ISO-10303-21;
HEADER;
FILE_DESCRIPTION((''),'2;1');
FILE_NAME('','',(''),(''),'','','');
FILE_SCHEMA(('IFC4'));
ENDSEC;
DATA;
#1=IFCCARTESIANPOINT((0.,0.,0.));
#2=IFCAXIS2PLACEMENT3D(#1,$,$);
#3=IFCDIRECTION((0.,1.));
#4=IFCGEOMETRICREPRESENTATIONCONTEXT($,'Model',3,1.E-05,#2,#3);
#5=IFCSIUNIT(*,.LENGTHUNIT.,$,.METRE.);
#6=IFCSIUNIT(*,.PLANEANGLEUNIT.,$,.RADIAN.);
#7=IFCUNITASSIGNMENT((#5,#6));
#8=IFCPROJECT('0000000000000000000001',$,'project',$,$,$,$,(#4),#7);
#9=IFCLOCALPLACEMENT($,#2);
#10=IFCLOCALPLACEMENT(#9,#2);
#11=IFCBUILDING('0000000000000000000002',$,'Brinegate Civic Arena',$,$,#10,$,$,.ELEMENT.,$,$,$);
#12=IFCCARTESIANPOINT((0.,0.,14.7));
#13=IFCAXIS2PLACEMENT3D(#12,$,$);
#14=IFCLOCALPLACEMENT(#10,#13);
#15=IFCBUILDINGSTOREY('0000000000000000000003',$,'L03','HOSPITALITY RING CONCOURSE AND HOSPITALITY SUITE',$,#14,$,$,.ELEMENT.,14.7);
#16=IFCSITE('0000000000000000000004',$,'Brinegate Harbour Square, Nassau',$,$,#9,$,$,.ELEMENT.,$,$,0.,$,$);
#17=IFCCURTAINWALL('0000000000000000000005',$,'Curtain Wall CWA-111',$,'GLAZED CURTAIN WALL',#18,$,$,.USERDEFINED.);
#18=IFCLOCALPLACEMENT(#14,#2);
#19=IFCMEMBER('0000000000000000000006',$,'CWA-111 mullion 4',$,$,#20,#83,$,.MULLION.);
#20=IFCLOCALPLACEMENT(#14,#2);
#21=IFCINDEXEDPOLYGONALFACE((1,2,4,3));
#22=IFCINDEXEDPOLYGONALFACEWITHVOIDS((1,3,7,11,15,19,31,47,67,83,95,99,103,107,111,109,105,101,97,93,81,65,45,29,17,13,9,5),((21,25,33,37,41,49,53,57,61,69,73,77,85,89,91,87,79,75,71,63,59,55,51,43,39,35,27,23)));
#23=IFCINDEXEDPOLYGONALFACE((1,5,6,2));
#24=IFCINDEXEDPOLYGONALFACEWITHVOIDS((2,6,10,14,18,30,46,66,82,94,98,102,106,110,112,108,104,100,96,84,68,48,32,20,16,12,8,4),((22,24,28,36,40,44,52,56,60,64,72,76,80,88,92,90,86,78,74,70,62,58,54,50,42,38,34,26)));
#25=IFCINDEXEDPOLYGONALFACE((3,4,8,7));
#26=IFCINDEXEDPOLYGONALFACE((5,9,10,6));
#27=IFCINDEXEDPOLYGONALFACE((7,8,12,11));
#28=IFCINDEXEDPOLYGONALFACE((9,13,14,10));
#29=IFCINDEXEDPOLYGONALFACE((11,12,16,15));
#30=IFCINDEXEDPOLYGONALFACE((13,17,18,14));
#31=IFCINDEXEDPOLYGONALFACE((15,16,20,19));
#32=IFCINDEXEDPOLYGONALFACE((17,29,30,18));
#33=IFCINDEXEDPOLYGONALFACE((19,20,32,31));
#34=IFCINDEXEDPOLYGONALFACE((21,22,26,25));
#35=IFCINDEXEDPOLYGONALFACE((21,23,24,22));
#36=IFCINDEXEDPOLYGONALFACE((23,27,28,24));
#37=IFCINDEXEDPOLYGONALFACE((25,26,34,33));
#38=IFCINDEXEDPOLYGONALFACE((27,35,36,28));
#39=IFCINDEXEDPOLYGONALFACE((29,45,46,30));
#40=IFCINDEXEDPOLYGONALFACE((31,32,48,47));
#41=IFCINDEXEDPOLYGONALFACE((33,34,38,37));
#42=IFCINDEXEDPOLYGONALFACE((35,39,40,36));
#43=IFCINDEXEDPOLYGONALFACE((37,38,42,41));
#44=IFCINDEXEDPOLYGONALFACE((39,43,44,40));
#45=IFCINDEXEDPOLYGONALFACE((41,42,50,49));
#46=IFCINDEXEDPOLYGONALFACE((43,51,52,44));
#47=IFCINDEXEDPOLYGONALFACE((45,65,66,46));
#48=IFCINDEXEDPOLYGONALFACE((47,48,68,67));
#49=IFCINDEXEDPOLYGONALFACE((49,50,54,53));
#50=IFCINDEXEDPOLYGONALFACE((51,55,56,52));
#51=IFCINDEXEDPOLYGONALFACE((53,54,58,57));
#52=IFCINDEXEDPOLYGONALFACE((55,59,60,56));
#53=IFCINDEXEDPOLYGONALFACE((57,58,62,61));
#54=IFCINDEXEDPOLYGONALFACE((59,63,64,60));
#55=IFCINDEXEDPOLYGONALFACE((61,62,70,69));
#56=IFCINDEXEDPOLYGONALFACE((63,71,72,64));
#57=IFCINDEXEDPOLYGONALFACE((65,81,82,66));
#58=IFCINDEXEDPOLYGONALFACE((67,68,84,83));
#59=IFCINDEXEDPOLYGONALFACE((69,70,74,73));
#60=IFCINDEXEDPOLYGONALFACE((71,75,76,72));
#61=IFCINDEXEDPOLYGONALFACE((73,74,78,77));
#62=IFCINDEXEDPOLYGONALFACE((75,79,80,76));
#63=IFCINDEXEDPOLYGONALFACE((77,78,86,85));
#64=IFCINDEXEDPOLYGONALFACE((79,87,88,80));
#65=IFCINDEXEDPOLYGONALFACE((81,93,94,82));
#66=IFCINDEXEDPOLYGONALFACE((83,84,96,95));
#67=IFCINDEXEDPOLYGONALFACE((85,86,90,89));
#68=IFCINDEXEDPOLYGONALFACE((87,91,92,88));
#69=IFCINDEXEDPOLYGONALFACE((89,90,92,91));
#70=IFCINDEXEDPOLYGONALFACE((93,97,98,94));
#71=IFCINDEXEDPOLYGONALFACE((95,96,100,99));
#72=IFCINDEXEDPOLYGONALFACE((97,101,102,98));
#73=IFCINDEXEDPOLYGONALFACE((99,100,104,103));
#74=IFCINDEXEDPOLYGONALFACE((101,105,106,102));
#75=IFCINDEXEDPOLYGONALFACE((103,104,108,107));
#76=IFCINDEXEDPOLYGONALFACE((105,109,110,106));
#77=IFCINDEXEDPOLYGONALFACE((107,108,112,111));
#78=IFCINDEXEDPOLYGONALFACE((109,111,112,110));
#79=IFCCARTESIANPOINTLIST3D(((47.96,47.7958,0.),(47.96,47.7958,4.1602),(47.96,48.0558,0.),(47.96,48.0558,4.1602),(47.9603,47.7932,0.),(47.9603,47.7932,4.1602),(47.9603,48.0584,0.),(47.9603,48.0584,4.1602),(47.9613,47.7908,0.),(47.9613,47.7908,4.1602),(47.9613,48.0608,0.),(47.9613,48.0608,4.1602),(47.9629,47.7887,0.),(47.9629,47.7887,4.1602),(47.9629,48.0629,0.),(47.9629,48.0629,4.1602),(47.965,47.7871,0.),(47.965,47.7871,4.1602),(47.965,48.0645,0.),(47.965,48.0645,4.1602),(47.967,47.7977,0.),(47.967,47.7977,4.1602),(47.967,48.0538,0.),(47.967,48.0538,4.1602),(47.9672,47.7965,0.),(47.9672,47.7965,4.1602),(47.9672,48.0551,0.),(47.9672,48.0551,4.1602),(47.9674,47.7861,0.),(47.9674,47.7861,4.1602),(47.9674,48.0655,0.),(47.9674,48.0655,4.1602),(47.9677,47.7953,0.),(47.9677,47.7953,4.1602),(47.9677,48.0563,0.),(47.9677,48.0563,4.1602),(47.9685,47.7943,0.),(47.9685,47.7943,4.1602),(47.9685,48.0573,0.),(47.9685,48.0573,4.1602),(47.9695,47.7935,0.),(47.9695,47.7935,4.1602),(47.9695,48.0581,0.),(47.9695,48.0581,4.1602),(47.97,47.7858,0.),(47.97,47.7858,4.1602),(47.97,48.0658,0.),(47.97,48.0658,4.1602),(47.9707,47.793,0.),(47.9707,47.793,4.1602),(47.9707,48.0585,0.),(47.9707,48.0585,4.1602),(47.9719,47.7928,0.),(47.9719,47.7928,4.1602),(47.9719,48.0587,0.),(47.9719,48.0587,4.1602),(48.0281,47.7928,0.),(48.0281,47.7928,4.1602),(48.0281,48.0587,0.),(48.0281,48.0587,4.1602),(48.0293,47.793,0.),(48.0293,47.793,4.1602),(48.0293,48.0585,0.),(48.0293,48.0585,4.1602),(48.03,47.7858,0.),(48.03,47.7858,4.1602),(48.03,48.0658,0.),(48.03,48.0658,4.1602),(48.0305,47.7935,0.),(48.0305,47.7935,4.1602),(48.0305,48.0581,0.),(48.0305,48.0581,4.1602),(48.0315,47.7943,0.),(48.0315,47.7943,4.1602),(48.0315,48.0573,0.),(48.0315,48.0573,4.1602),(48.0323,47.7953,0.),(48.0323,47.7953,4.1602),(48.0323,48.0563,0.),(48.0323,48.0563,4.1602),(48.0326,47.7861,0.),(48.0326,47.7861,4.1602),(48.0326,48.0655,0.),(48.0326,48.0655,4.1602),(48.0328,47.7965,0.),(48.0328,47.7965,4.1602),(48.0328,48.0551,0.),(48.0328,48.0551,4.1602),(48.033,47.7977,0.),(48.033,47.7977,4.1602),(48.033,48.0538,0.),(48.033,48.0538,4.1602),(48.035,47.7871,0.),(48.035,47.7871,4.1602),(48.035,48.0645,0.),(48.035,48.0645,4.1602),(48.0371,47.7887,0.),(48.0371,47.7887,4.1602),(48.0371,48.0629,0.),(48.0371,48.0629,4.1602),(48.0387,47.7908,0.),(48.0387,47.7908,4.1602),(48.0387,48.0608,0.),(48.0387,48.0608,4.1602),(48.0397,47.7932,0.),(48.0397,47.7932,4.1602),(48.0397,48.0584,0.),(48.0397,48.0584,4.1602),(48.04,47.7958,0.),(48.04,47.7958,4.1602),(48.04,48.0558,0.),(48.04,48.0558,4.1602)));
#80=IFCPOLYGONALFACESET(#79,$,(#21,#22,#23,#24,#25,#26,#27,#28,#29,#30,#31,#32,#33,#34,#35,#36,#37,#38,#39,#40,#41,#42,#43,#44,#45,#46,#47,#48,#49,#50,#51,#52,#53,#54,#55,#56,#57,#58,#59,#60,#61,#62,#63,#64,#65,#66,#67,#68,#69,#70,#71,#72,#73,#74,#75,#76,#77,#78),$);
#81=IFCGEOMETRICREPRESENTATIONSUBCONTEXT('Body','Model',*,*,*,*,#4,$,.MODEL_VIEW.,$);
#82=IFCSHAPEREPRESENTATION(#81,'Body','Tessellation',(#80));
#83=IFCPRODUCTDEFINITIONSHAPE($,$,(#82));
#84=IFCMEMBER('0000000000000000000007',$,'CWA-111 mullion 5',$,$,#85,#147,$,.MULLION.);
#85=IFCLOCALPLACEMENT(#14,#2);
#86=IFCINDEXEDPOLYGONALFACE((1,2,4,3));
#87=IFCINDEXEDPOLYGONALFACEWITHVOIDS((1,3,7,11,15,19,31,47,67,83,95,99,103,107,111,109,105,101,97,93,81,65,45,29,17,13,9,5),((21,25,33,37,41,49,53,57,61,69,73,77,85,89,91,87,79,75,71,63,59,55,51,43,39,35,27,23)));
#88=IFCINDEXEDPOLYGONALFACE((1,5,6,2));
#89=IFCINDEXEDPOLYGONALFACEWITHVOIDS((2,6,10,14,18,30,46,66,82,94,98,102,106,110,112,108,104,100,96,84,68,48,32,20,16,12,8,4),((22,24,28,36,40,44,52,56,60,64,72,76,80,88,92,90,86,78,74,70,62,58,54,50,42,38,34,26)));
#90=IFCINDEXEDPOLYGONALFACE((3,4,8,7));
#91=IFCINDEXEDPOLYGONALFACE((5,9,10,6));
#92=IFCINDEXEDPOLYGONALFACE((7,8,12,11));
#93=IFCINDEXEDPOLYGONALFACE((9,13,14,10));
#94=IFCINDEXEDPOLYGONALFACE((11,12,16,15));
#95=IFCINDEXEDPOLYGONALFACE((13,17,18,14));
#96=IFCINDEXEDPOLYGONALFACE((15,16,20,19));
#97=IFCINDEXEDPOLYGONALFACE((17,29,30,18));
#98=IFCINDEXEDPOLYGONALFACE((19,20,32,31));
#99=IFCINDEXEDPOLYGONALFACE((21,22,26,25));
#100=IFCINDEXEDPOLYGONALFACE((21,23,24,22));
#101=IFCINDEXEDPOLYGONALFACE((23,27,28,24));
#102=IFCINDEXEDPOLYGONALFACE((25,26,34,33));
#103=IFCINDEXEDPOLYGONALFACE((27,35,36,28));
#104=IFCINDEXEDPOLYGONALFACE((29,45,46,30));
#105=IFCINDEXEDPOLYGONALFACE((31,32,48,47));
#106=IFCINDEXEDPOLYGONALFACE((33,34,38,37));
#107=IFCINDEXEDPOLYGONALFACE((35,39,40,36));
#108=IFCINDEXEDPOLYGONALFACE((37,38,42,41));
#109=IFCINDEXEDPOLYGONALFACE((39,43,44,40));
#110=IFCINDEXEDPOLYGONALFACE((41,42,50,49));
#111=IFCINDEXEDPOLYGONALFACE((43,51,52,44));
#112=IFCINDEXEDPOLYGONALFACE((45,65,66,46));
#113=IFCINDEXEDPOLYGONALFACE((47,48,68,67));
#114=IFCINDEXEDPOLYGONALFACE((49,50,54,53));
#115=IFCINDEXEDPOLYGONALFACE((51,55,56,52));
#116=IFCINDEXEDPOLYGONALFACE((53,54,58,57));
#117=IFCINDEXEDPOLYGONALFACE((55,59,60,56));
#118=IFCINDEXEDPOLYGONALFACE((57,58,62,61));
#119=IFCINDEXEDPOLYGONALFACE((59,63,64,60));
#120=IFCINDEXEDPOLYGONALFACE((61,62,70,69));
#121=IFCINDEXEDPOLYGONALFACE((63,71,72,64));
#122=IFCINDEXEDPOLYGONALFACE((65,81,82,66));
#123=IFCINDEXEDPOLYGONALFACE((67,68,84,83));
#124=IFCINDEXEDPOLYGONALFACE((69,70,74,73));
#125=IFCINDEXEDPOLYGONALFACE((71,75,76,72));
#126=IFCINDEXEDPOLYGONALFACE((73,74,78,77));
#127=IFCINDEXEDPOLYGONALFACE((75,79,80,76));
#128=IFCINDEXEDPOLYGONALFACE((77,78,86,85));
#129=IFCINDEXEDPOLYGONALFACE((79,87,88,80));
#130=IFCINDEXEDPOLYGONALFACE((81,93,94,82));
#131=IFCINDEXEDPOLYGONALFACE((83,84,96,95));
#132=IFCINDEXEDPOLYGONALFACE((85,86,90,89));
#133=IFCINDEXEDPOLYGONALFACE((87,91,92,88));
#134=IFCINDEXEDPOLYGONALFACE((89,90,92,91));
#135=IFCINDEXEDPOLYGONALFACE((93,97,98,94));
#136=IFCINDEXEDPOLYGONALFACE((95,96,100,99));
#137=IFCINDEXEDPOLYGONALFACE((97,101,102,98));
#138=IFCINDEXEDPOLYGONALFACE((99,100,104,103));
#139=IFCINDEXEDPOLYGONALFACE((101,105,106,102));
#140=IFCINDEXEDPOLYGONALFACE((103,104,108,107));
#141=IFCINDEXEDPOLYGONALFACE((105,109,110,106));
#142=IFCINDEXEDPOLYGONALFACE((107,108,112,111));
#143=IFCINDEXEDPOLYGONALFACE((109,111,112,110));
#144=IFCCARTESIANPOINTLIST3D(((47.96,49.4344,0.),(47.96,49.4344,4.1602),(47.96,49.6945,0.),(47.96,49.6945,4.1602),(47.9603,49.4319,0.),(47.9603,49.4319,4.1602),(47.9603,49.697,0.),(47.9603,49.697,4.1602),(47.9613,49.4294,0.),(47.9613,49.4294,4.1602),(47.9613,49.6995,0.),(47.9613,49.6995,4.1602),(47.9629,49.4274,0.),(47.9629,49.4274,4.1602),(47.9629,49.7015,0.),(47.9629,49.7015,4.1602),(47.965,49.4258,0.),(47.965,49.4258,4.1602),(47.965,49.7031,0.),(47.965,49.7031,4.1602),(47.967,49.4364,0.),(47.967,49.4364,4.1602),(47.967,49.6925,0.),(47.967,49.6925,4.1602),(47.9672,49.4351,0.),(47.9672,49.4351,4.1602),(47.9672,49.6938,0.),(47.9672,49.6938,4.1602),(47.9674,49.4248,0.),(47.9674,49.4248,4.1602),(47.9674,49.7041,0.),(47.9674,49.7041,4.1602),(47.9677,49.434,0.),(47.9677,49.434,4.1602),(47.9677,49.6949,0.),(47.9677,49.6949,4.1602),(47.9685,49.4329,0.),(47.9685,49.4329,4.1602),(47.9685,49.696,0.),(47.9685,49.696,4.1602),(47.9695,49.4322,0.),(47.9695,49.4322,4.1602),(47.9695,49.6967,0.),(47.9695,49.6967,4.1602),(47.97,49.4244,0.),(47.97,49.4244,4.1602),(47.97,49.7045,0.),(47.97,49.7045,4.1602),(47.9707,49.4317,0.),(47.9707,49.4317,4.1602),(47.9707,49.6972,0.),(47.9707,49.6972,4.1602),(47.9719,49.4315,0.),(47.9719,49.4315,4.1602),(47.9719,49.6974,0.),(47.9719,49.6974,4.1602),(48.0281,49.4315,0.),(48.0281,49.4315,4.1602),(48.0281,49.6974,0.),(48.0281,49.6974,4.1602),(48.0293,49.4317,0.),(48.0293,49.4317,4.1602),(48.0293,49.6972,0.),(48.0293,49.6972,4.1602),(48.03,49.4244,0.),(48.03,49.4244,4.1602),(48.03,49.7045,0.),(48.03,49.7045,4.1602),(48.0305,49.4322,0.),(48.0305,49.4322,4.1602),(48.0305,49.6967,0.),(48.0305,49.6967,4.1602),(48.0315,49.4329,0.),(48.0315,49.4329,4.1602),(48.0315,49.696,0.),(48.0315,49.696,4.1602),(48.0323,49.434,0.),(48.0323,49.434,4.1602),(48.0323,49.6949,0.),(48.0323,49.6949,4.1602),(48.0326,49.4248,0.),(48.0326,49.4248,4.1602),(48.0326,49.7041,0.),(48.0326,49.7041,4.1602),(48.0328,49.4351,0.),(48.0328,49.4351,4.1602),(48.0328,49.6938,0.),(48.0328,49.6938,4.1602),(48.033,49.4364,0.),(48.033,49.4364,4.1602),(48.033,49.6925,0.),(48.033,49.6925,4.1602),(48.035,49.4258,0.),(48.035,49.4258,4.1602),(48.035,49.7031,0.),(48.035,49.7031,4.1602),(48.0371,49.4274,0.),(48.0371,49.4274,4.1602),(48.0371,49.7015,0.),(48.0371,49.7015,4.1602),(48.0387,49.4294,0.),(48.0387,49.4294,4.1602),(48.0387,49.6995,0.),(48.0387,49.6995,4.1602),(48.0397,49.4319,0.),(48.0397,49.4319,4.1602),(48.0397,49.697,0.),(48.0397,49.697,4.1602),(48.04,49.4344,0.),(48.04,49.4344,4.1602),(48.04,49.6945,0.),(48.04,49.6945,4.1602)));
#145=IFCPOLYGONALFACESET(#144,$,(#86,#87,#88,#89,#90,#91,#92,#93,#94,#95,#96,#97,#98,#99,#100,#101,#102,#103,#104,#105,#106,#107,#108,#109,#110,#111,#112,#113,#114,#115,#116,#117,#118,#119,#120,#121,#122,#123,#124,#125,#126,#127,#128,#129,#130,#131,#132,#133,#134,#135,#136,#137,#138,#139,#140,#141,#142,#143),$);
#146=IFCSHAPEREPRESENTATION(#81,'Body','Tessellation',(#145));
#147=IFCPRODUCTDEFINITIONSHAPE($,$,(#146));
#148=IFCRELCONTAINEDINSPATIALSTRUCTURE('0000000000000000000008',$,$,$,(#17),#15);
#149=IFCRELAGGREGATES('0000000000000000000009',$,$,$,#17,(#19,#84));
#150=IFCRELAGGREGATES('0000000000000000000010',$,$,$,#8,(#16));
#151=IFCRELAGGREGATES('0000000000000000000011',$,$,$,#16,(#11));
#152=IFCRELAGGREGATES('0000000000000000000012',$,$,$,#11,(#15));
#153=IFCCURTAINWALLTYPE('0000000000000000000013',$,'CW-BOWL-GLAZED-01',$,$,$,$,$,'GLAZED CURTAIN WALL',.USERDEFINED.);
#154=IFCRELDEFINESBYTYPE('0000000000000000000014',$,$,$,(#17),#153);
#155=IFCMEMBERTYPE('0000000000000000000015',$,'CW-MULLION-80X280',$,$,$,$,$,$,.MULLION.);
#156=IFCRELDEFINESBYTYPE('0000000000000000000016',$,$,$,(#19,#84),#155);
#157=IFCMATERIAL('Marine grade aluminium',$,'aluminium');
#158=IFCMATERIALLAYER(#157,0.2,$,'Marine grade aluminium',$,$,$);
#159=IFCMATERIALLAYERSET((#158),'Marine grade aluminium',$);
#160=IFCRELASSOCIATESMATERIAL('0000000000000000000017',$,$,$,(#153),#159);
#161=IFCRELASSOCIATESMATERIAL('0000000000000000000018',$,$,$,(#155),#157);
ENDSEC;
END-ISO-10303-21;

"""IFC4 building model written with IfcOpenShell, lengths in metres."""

from ifc_helpers import new_model, si_unit, direction, frame, origin, origin_2d, place, context, subcontext, project, spatial, hollow_rectangle, extrude, material, layer, layer_set, material_profile, profile_set, type_object, element, aggregate, save


model = new_model("IFC4")

# Units and contexts
model_context = context("Model", 3, precision=1e-05, world=origin(), true_north=direction((0.0, 1.0)))
body_context = subcontext(model_context, "Body", "Model", "MODEL_VIEW")
ifc_project = project(units=[si_unit("LENGTHUNIT", "METRE"), si_unit("PLANEANGLEUNIT", "RADIAN")], contexts=[model_context])

# Site, building, storey
site_placement = place(None, origin())
site = spatial("IfcSite", under=ifc_project, at=site_placement, Name="Brinegate Harbour Square, Nassau", CompositionType="ELEMENT", RefElevation=0.0)
building_placement = place(site_placement, origin())
building = spatial("IfcBuilding", under=site, at=building_placement, Name="Brinegate Civic Arena", CompositionType="ELEMENT")
storey_placement = place(building_placement, frame((0.0, 0.0, 14.7)))
storey = spatial("IfcBuildingStorey", under=building, at=storey_placement, Name="L03", Description="HOSPITALITY RING CONCOURSE AND HOSPITALITY SUITE", CompositionType="ELEMENT", Elevation=14.7)

# Shared definitions
ifc_material_1 = material(Name="Marine grade aluminium", Category="aluminium")
ifc_layer_1 = layer(ifc_material_1, 0.2, Name="Marine grade aluminium")
ifc_layer_set_1 = layer_set([ifc_layer_1], Name="Marine grade aluminium")
curtain_wall_type_1 = type_object("IfcCurtainWallType", Name="CW-BOWL-GLAZED-01", ElementType="GLAZED CURTAIN WALL", PredefinedType="USERDEFINED", material=ifc_layer_set_1)

# Curtain wall, members
curtain_wall_1_placement = place(storey_placement, origin())
curtain_wall_1 = element("IfcCurtainWall", 1, at=curtain_wall_1_placement, inside=storey, type_object=curtain_wall_type_1, Name="Curtain Wall CWA-111", ObjectType="GLAZED CURTAIN WALL", PredefinedType="USERDEFINED")
ifc_material_profile_1 = material_profile(ifc_material_1, hollow_rectangle(XDim=0.0801, YDim=0.28, WallThickness=0.0071, InnerFilletRadius=0.0049, OuterFilletRadius=0.01, at=origin_2d()), Name="MUL80X280")
ifc_profile_set_1 = profile_set([ifc_material_profile_1], Name="Marine grade aluminium")
member_type_1 = type_object("IfcMemberType", Name="CW-MULLION-80X280", PredefinedType="MULLION", material=ifc_profile_set_1)
member_1_placement = place(storey_placement, frame((48.0, 47.9258, 0.0), z_axis=(0.0, 0.0, 1.0), x_axis=(-1.0, 0.0, 0.0)))
member_1 = element("IfcMember", 2, at=member_1_placement, type_object=member_type_1, Name="CWA-111 mullion 4", PredefinedType="MULLION", context=body_context, shape_type="SweptSolid", body=[
    extrude(hollow_rectangle(XDim=0.0801, YDim=0.28, WallThickness=0.0071, InnerFilletRadius=0.0049, OuterFilletRadius=0.01, at=origin_2d()), origin(), (0.0, 0.0, 1.0), 4.1602),
])
member_2_placement = place(storey_placement, frame((48.0, 49.5645, 0.0), z_axis=(0.0, 0.0, 1.0), x_axis=(-1.0, 0.0, 0.0)))
member_2 = element("IfcMember", 3, at=member_2_placement, type_object=member_type_1, Name="CWA-111 mullion 5", PredefinedType="MULLION", context=body_context, shape_type="SweptSolid", body=[
    extrude(hollow_rectangle(XDim=0.0801, YDim=0.28, WallThickness=0.0071, InnerFilletRadius=0.0049, OuterFilletRadius=0.01, at=origin_2d()), origin(), (0.0, 0.0, 1.0), 4.1602),
])

aggregate(curtain_wall_1, [member_1, member_2])

save(model, "model.ifc")
